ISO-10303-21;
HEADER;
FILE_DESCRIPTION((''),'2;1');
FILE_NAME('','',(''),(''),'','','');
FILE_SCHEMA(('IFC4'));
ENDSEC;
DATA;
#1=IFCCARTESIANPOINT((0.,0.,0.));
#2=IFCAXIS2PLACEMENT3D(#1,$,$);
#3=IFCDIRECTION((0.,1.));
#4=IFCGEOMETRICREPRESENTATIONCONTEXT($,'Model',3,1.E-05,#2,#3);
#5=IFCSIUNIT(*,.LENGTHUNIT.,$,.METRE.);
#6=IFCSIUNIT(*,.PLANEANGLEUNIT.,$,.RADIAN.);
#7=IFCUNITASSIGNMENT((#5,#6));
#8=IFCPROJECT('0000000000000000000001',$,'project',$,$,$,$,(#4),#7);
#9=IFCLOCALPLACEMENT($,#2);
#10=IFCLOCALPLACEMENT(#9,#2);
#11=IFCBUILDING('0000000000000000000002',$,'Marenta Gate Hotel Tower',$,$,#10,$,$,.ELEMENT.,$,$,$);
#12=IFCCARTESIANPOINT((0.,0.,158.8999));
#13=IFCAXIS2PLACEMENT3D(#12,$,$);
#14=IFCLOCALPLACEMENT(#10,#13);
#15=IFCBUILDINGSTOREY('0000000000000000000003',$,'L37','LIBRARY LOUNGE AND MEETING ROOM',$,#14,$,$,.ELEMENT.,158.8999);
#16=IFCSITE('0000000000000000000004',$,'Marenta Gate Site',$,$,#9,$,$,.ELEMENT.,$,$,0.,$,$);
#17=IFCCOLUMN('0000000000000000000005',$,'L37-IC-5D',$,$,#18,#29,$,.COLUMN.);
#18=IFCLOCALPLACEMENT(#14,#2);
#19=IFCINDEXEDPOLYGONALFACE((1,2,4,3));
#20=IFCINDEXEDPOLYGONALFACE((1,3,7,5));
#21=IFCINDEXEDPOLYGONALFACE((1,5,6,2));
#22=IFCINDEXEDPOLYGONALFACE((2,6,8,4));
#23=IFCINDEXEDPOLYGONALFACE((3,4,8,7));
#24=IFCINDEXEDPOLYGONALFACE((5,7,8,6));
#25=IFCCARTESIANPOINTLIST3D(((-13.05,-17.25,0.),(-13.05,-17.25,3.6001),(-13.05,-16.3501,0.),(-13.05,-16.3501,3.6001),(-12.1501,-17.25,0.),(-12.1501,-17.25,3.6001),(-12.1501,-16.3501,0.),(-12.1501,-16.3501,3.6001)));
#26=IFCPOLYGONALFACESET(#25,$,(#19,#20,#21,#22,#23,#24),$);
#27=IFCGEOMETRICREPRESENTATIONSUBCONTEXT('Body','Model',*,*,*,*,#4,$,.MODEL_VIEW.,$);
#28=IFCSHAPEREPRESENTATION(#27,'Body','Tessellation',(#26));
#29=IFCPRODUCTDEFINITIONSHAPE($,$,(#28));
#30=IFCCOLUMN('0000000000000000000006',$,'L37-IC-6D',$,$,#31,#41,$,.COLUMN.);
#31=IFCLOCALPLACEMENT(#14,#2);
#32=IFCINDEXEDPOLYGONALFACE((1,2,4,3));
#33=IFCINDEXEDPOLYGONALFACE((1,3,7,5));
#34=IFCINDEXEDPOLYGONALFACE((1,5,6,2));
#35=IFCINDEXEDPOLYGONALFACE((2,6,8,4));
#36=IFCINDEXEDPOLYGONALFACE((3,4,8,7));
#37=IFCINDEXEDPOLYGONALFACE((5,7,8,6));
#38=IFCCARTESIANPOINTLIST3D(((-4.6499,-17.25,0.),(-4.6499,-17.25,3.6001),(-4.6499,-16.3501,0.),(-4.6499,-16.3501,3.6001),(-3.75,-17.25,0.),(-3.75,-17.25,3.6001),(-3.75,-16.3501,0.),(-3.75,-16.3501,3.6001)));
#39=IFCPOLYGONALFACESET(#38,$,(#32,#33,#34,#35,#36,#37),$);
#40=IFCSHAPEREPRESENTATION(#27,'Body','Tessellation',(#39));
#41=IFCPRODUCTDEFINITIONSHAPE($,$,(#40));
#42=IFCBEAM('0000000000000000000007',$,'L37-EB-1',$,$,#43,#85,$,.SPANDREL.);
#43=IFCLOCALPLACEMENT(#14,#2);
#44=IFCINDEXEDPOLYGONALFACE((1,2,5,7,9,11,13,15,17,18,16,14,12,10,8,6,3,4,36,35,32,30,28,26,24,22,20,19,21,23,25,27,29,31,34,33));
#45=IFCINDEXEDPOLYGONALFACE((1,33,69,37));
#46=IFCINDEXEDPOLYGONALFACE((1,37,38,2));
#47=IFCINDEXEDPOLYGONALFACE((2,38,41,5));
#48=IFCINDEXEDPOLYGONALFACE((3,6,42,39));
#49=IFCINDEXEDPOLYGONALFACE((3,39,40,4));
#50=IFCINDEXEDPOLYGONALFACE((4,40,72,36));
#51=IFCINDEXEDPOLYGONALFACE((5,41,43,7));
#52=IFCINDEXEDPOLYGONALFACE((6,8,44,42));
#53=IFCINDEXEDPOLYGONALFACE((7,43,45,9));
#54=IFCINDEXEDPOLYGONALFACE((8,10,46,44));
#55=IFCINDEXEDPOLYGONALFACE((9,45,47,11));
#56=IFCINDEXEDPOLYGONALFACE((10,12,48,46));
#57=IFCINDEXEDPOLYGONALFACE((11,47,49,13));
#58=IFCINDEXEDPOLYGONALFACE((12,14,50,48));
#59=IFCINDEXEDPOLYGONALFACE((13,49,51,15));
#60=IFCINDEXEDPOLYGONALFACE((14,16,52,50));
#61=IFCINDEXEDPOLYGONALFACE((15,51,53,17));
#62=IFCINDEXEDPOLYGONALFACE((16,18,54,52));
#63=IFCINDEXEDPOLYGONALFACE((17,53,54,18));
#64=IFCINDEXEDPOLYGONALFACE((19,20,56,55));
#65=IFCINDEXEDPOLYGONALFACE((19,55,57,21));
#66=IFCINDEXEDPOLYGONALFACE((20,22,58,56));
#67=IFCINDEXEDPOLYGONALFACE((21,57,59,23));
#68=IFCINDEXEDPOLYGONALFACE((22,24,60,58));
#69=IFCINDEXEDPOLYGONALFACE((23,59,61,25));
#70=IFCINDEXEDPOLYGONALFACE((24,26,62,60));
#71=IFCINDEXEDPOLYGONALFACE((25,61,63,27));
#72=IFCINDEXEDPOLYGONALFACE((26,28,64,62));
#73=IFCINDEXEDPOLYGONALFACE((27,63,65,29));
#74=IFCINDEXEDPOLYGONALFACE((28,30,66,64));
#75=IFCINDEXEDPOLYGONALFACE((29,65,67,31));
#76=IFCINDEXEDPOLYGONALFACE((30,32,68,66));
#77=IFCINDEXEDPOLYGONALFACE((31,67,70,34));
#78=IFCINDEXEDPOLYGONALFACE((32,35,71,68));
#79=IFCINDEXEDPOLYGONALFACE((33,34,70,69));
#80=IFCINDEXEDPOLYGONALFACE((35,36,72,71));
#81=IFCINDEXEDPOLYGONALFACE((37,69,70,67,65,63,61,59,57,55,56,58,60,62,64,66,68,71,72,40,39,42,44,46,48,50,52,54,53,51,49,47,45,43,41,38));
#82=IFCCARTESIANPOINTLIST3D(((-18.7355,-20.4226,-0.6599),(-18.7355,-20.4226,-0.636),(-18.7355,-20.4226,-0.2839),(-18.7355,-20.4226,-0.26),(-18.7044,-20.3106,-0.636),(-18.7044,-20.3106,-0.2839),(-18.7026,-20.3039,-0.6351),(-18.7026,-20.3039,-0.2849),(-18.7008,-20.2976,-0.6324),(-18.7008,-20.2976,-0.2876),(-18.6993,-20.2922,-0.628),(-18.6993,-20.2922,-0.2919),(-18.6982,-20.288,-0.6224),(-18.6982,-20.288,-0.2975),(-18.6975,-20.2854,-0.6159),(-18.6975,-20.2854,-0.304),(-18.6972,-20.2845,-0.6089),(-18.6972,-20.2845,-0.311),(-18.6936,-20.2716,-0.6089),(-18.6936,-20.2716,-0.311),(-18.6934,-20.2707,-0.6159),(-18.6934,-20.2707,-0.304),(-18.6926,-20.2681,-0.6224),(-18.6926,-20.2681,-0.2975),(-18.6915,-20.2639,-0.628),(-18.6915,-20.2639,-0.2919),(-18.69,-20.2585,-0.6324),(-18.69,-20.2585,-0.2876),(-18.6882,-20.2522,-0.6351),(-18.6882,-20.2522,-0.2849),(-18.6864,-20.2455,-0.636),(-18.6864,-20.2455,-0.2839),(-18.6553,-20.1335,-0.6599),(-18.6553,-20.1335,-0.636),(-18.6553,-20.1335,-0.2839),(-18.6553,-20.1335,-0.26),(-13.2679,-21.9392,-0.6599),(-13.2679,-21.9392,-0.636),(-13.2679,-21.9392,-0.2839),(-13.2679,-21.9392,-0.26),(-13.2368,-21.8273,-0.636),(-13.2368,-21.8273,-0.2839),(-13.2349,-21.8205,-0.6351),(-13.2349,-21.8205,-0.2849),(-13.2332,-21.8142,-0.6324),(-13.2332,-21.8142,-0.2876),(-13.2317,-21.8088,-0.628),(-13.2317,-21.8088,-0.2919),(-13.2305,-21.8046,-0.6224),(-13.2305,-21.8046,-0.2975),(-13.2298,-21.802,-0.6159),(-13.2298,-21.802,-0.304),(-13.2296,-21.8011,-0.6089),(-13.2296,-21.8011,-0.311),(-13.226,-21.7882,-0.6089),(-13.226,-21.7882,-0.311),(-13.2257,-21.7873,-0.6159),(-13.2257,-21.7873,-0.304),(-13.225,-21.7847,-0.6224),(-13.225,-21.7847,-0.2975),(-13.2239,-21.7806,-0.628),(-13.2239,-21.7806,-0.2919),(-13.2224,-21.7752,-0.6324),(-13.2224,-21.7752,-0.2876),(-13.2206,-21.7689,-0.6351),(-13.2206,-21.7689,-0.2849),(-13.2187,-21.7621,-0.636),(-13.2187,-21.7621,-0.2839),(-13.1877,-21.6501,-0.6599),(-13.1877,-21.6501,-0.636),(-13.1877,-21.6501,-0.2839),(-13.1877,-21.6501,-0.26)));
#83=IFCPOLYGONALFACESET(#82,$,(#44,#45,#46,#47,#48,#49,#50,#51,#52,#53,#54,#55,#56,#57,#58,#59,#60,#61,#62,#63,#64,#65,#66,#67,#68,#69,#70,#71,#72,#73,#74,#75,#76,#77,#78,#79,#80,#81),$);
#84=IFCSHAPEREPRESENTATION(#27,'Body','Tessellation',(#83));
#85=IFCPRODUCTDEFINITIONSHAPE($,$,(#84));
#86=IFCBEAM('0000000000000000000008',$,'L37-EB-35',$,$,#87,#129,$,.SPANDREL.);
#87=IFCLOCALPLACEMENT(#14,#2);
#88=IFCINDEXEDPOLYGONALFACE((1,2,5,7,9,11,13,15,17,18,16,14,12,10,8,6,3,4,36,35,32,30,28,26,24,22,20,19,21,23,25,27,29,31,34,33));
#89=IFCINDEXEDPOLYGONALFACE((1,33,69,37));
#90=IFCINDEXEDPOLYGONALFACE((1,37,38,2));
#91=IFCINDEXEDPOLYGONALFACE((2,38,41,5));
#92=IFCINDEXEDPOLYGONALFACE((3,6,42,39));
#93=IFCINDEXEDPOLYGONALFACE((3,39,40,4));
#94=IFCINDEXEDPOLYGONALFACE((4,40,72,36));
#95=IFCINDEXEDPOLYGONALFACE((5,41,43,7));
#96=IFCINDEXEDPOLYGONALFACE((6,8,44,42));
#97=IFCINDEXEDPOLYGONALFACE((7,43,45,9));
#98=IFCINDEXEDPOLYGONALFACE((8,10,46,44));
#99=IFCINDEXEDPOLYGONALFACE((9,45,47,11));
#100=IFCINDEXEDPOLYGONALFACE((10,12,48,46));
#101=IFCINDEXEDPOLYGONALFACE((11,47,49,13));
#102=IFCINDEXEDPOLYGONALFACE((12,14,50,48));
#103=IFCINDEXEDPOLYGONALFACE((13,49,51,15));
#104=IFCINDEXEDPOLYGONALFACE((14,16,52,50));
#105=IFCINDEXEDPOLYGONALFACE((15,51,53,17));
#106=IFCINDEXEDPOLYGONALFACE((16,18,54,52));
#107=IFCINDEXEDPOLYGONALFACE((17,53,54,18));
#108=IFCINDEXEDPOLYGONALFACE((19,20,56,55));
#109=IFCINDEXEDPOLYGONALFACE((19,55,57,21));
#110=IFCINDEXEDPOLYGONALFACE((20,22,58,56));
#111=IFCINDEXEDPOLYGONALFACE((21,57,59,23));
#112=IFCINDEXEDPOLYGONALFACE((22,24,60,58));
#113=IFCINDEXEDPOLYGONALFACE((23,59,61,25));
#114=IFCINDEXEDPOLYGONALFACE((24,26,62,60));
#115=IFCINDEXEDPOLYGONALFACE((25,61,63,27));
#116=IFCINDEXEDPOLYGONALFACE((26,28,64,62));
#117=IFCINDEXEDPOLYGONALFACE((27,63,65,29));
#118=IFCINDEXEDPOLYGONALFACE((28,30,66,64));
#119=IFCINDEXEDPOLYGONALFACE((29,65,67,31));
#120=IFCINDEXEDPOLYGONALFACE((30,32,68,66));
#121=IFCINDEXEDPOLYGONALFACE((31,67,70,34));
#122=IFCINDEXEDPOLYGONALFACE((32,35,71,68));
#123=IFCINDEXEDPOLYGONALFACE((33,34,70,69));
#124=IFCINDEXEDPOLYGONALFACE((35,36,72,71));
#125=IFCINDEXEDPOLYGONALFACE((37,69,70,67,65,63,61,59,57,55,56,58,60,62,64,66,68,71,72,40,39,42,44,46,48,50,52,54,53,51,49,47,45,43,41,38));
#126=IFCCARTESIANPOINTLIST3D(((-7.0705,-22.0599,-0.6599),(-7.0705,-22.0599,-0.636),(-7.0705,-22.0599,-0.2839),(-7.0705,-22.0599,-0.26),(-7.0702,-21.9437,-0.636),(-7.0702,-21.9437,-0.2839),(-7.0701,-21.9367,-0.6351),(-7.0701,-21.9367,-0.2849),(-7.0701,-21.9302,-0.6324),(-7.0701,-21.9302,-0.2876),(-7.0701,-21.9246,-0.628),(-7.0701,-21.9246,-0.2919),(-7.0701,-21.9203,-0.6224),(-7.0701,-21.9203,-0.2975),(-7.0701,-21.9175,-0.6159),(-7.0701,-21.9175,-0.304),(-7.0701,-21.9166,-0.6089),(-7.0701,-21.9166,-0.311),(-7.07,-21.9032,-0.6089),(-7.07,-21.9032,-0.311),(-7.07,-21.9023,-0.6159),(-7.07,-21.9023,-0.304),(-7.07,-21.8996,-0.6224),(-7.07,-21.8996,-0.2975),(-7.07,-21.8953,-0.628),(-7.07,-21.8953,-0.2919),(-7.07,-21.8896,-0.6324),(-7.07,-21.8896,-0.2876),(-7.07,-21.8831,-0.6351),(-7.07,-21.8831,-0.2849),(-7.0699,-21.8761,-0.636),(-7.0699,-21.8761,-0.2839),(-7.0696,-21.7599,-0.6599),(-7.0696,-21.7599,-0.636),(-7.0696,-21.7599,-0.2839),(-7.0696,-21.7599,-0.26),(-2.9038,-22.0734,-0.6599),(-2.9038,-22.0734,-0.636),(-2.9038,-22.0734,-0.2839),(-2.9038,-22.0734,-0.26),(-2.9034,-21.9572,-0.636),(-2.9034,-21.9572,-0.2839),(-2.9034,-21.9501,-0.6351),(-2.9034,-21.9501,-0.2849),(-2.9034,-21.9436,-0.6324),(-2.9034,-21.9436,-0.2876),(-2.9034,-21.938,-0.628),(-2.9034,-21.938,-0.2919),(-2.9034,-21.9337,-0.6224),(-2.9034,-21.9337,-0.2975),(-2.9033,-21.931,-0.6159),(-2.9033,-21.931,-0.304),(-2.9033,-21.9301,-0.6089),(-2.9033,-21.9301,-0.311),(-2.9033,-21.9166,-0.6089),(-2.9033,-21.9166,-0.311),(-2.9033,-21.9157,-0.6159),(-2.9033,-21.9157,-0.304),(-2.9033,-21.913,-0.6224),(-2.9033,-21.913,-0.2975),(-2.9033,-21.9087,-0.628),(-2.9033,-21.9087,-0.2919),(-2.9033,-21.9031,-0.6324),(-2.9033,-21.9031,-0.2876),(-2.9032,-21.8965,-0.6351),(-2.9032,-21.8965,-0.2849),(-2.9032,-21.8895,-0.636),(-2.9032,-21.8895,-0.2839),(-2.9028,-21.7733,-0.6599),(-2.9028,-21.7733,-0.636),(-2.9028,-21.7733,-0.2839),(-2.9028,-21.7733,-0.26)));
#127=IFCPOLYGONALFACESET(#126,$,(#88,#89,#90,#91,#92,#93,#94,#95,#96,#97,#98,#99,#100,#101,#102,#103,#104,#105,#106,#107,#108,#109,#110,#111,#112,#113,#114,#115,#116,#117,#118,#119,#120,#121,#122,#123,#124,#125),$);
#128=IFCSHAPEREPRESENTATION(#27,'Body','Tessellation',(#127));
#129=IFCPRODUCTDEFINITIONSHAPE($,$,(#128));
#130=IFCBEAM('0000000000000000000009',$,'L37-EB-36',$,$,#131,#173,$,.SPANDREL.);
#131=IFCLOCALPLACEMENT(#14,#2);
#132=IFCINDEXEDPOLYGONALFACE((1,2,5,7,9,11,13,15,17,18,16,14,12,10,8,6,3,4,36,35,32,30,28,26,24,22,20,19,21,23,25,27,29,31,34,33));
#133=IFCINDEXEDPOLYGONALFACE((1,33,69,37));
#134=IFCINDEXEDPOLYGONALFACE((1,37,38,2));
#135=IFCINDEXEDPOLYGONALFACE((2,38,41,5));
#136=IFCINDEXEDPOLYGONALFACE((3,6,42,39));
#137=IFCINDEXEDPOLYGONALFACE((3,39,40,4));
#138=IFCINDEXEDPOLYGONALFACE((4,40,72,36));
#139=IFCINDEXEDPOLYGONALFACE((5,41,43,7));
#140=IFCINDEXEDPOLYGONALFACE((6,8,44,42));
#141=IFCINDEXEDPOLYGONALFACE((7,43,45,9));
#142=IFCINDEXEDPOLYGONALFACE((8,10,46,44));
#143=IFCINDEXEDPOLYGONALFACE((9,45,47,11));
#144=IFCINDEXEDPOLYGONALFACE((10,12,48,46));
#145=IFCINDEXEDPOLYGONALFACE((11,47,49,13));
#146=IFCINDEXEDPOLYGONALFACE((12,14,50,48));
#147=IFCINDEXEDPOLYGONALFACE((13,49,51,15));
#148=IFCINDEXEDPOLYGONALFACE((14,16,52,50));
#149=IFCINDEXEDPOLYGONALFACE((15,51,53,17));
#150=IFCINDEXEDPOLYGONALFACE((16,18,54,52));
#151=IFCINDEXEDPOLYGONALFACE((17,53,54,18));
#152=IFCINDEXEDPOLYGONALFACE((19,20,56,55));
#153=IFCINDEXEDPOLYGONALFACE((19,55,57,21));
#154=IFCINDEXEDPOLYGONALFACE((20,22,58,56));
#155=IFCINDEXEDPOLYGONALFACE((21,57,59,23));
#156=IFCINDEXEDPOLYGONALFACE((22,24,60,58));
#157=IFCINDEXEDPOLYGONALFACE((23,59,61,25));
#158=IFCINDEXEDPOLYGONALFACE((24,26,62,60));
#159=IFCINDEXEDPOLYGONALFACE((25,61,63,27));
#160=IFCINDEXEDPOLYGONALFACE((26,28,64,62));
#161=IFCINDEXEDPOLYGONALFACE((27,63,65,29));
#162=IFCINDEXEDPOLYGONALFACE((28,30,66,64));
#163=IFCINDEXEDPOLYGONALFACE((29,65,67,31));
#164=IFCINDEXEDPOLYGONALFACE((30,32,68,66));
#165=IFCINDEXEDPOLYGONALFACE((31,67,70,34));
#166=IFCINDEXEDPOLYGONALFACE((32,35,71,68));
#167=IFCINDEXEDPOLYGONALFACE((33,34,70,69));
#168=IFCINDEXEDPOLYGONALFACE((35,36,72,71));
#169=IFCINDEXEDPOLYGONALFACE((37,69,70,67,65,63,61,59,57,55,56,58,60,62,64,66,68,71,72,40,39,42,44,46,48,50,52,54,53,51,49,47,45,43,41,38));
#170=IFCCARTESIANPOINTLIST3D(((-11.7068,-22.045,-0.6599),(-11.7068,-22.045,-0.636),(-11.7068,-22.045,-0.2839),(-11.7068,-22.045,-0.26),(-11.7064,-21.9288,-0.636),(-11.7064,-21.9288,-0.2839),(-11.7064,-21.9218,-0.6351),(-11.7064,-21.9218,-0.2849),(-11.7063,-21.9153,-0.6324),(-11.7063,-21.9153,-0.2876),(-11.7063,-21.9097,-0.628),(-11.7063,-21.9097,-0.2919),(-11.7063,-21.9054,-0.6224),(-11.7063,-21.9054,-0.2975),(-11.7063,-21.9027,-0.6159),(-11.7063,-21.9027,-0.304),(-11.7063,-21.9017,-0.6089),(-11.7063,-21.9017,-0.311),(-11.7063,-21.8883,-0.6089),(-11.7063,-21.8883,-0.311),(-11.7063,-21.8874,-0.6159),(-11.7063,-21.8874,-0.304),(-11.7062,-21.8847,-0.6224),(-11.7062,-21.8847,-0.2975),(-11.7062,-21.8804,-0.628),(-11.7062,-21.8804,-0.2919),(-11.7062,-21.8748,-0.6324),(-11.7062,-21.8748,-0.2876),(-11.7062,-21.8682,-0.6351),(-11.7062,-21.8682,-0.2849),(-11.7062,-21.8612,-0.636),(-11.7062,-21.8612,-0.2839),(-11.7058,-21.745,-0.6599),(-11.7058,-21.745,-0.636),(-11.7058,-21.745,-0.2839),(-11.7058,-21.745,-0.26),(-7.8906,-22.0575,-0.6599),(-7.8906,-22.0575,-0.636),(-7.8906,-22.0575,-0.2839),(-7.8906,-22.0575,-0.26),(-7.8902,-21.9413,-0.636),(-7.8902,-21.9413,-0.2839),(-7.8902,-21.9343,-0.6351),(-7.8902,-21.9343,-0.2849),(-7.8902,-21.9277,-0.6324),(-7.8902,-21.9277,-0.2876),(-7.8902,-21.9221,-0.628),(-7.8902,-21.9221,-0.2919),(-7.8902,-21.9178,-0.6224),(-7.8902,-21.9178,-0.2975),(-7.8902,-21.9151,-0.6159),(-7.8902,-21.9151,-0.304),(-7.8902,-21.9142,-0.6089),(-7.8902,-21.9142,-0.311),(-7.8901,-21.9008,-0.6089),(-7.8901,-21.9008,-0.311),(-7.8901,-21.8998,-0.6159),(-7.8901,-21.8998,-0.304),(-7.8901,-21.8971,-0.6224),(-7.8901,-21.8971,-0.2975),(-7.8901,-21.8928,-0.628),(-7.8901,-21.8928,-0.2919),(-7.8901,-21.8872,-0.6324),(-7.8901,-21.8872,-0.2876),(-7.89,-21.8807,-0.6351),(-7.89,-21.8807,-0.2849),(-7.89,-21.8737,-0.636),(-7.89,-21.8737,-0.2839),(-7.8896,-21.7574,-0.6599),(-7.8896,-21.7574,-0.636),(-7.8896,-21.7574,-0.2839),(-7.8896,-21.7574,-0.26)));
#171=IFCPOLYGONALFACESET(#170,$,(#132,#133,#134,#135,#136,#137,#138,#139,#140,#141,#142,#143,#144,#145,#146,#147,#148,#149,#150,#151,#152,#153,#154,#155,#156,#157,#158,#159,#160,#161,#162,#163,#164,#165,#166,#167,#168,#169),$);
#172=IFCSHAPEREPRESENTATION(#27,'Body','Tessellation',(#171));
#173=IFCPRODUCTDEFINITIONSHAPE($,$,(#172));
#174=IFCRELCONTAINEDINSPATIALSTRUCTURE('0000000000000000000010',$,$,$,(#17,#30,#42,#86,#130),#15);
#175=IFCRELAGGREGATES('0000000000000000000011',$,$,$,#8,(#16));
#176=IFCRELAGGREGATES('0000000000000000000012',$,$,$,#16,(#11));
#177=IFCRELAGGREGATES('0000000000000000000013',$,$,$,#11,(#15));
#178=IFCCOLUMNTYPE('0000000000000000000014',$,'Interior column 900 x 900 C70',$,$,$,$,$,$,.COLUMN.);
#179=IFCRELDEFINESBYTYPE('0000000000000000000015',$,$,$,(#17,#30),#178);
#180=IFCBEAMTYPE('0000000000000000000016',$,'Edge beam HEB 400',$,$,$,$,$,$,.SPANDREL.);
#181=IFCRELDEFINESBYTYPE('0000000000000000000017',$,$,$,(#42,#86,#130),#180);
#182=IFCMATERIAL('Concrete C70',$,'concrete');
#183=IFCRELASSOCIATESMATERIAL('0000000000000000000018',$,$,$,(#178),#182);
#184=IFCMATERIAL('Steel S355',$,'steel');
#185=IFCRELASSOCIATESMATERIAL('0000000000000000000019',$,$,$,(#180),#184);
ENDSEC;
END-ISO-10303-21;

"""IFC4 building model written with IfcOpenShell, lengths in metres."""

from ifc_helpers import new_model, si_unit, direction, frame, origin, origin_2d, place, context, subcontext, project, spatial, rectangle, i_section, extrude, material, material_profile, profile_set, type_object, element, save


model = new_model("IFC4")

# Units and contexts
model_context = context("Model", 3, precision=1e-05, world=origin(), true_north=direction((0.0, 1.0)))
body_context = subcontext(model_context, "Body", "Model", "MODEL_VIEW")
ifc_project = project(units=[si_unit("LENGTHUNIT", "METRE"), si_unit("PLANEANGLEUNIT", "RADIAN")], contexts=[model_context])

# Site, building, storey
site_placement = place(None, origin())
site = spatial("IfcSite", under=ifc_project, at=site_placement, Name="Marenta Gate Site", CompositionType="ELEMENT", RefElevation=0.0)
building_placement = place(site_placement, origin())
building = spatial("IfcBuilding", under=site, at=building_placement, Name="Marenta Gate Hotel Tower", CompositionType="ELEMENT")
storey_placement = place(building_placement, frame((0.0, 0.0, 158.8999)))
storey = spatial("IfcBuildingStorey", under=building, at=storey_placement, Name="L37", Description="LIBRARY LOUNGE AND MEETING ROOM", CompositionType="ELEMENT", Elevation=158.8999)

# Columns
ifc_material_1 = material(Name="Concrete C70", Category="concrete")
ifc_material_profile_1 = material_profile(ifc_material_1, rectangle(XDim=0.8999, YDim=0.8999, at=origin_2d()), Name="900 x 900")
ifc_profile_set_1 = profile_set([ifc_material_profile_1], Name="Concrete C70")
column_type = type_object("IfcColumnType", Name="Interior column 900 x 900 C70", PredefinedType="COLUMN", material=ifc_profile_set_1)
for number, where, z_axis, x_axis, name in (
    (1, (-12.6001, -16.8, 0.0), (0.0, 0.0, 1.0), (1.0, 0.0, 0.0), "L37-IC-5D"),
    (2, (-4.2, -16.8, 0.0), (0.0, 0.0, 1.0), (1.0, 0.0, 0.0), "L37-IC-6D"),
):
    element("IfcColumn", number, at=place(storey_placement, frame(where, z_axis=z_axis, x_axis=x_axis)), inside=storey, type_object=column_type, Name=name, PredefinedType="COLUMN", context=body_context, shape_type="SweptSolid", body=[
        extrude(rectangle(XDim=0.8999, YDim=0.8999, at=origin_2d()), origin(), (0.0, 0.0, 1.0), 3.6001),
    ])

# Beams
ifc_material_2 = material(Name="Steel S355", Category="steel")
ifc_material_profile_2 = material_profile(ifc_material_2, i_section(OverallWidth=0.3, OverallDepth=0.3999, WebThickness=0.0134, FlangeThickness=0.0239, FilletRadius=0.0271, at=origin_2d()), Name="HEB 400")
ifc_profile_set_2 = profile_set([ifc_material_profile_2], Name="Steel S355")
beam_type_1 = type_object("IfcBeamType", Name="Edge beam HEB 400", PredefinedType="SPANDREL", material=ifc_profile_set_2)
beam_1_placement = place(storey_placement, frame((-13.2278, -21.7947, -0.46), z_axis=(-0.963616, 0.267291, 0.0), x_axis=(-0.267291, -0.963616, 0.0)))
element("IfcBeam", 3, at=beam_1_placement, inside=storey, type_object=beam_type_1, Name="L37-EB-1", PredefinedType="SPANDREL", context=body_context, shape_type="SweptSolid", body=[
    extrude(i_section(OverallWidth=0.3, OverallDepth=0.3999, WebThickness=0.0134, FlangeThickness=0.0239, FilletRadius=0.0271, at=origin_2d()), origin(), (0.0, 0.0, 1.0), 5.6741),
])
beam_2_placement = place(storey_placement, frame((-2.9033, -21.9233, -0.46), z_axis=(-0.999995, 0.003223, 0.0), x_axis=(-0.003223, -0.999995, 0.0)))
element("IfcBeam", 4, at=beam_2_placement, inside=storey, type_object=beam_type_1, Name="L37-EB-35", PredefinedType="SPANDREL", context=body_context, shape_type="SweptSolid", body=[
    extrude(i_section(OverallWidth=0.3, OverallDepth=0.3999, WebThickness=0.0134, FlangeThickness=0.0239, FilletRadius=0.0271, at=origin_2d()), origin(), (0.0, 0.0, 1.0), 4.1667),
])
beam_3_placement = place(storey_placement, frame((-7.8901, -21.9075, -0.46), z_axis=(-0.999995, 0.003263, 0.0), x_axis=(-0.003263, -0.999995, 0.0)))
element("IfcBeam", 5, at=beam_3_placement, inside=storey, type_object=beam_type_1, Name="L37-EB-36", PredefinedType="SPANDREL", context=body_context, shape_type="SweptSolid", body=[
    extrude(i_section(OverallWidth=0.3, OverallDepth=0.3999, WebThickness=0.0134, FlangeThickness=0.0239, FilletRadius=0.0271, at=origin_2d()), origin(), (0.0, 0.0, 1.0), 3.8162),
])

save(model, "model.ifc")
